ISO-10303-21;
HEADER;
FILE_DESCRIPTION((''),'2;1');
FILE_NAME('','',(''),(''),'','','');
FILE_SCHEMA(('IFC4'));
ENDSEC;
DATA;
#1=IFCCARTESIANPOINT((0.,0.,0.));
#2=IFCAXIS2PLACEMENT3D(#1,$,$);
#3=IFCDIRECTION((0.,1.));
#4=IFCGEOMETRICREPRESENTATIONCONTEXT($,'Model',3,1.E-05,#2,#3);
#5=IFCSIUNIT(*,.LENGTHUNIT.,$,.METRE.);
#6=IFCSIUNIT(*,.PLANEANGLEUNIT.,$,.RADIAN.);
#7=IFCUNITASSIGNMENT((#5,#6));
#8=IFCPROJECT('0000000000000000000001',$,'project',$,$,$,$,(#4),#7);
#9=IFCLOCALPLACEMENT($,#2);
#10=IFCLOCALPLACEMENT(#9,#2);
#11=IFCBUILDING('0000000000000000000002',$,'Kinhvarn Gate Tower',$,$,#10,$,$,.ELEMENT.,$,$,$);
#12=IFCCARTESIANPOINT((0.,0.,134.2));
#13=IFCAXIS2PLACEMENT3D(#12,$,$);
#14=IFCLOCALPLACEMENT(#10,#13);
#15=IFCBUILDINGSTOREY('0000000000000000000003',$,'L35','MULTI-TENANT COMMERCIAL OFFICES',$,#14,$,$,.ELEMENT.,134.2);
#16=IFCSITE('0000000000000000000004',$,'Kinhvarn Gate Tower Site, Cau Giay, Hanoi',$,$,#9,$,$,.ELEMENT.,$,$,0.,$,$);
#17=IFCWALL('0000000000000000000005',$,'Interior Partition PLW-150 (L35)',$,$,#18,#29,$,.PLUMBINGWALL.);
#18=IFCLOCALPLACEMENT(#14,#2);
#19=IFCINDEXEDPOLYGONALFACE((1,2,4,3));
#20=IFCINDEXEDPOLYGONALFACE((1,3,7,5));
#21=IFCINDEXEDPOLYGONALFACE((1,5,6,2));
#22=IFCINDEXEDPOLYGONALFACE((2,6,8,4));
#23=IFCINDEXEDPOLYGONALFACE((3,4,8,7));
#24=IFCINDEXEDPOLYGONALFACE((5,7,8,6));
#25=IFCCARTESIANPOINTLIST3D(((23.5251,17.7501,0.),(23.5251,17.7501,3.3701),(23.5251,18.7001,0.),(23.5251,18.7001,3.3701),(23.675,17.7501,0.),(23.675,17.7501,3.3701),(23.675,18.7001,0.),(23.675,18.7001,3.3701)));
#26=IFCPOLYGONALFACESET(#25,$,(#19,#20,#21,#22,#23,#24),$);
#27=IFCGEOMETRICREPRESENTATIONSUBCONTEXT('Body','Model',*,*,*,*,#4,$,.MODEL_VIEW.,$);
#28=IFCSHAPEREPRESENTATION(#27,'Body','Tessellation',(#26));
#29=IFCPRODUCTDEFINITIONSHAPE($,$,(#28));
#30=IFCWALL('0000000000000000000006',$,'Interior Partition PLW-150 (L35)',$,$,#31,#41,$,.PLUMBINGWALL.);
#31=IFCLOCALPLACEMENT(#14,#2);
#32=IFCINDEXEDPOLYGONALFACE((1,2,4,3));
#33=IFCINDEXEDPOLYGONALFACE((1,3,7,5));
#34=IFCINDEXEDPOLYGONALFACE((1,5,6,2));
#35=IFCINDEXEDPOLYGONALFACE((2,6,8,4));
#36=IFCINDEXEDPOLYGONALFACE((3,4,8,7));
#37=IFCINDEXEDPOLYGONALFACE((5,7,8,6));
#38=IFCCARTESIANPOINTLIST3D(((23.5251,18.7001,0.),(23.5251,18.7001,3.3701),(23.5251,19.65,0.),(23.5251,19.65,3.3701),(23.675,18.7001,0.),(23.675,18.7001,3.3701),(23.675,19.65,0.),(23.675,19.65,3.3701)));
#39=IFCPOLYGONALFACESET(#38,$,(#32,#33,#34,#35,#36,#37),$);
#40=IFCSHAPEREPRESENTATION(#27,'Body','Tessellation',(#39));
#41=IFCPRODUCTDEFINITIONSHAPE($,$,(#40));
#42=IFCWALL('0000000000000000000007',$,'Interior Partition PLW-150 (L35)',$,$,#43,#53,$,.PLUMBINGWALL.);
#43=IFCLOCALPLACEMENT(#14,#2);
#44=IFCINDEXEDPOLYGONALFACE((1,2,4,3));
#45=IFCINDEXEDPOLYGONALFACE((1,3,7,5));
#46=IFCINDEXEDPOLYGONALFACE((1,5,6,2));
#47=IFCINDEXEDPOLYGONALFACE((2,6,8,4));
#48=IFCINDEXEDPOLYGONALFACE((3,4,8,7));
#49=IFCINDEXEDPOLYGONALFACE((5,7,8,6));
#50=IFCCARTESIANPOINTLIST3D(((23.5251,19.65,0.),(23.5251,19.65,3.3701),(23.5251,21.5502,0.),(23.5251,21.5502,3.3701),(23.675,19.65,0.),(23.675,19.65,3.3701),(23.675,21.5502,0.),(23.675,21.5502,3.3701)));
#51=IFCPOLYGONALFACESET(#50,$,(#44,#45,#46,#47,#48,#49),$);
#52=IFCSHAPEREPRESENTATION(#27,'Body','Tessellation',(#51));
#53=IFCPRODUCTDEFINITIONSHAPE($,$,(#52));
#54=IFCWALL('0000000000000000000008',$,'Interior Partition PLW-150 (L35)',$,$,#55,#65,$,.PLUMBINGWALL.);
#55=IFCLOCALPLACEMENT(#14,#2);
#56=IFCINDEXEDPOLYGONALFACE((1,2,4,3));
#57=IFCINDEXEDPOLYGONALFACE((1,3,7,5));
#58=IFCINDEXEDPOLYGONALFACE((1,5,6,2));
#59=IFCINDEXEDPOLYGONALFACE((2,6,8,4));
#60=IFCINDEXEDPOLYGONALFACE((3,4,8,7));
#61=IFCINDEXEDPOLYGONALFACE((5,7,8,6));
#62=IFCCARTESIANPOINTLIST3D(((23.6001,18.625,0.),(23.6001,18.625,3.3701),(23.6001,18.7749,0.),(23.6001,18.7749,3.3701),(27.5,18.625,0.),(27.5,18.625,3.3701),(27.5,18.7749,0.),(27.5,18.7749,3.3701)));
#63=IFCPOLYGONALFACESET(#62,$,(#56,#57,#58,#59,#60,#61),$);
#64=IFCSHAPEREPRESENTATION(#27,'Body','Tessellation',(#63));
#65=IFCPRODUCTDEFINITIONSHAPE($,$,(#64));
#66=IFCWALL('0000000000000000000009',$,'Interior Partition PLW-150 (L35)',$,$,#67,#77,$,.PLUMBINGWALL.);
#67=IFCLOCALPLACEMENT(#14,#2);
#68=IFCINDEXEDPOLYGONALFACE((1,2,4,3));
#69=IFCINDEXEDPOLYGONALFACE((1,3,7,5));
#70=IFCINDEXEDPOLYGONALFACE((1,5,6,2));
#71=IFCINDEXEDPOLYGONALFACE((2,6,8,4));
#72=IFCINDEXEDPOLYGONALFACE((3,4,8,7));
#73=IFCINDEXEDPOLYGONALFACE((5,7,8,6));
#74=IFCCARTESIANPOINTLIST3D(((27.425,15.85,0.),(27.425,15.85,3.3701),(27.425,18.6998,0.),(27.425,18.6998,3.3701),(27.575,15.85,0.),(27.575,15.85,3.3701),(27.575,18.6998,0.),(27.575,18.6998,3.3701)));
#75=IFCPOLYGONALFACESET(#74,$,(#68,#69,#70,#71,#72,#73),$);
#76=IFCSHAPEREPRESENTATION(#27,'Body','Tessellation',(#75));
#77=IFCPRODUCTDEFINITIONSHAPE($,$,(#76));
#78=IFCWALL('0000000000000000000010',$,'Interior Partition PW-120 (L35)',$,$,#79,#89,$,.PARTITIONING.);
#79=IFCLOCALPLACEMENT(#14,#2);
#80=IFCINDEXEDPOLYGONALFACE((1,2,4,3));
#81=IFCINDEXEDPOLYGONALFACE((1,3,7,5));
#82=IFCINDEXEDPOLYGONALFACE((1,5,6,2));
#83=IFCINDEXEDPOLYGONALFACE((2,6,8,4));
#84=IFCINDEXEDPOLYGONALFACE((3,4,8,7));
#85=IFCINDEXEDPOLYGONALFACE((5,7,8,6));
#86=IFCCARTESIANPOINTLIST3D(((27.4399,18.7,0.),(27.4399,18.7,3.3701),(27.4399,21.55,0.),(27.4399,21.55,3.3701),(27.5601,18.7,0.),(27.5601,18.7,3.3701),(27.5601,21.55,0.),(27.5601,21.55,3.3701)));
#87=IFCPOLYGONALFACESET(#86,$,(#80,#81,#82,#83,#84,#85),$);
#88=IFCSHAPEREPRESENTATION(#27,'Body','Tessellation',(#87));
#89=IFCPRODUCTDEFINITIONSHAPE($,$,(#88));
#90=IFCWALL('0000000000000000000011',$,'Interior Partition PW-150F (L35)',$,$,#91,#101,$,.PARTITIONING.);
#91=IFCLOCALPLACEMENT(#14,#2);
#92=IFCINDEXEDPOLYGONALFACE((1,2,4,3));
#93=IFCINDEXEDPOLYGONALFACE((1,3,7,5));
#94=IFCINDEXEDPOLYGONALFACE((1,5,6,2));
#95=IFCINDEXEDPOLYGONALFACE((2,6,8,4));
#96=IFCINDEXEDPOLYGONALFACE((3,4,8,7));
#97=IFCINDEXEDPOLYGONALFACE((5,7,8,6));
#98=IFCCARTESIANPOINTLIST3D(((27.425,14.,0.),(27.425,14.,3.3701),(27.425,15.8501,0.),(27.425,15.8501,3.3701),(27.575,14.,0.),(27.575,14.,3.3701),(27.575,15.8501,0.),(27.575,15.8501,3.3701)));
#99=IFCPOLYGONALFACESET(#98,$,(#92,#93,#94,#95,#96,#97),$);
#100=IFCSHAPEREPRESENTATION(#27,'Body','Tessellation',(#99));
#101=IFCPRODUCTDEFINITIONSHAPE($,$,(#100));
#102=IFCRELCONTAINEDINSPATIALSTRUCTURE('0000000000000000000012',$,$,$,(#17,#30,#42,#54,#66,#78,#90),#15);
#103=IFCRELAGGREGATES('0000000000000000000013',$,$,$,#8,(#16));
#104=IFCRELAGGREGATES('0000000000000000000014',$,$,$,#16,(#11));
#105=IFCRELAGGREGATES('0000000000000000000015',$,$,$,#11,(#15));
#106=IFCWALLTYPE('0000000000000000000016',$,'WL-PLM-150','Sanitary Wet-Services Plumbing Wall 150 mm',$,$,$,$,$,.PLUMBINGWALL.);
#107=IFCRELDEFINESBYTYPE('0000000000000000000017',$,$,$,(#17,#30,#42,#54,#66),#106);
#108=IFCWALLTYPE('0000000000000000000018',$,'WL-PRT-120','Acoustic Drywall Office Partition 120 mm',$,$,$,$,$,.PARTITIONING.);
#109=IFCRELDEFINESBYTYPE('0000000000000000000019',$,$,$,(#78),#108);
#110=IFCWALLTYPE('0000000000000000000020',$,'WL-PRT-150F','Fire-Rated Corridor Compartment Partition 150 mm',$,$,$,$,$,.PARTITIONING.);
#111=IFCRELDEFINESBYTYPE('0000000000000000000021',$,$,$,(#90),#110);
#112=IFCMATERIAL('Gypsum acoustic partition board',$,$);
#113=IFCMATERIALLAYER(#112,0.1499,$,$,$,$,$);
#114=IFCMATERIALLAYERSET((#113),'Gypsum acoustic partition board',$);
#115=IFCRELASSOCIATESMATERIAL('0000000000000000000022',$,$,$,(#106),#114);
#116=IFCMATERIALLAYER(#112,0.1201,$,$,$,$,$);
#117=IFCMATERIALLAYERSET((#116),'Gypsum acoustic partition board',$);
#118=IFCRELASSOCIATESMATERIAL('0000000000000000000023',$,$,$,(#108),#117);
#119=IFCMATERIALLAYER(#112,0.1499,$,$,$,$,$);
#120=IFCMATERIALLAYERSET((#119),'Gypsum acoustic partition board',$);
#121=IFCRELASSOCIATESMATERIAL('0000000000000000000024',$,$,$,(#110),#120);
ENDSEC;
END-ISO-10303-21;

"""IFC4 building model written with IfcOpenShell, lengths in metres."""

from ifc_helpers import new_model, si_unit, direction, frame, frame_2d, origin, place, context, subcontext, project, spatial, rectangle, extrude, material, layer, layer_set, type_object, element, save


model = new_model("IFC4")

# Units and contexts
model_context = context("Model", 3, precision=1e-05, world=origin(), true_north=direction((0.0, 1.0)))
body_context = subcontext(model_context, "Body", "Model", "MODEL_VIEW")
ifc_project = project(units=[si_unit("LENGTHUNIT", "METRE"), si_unit("PLANEANGLEUNIT", "RADIAN")], contexts=[model_context])

# Site, building, storey
site_placement = place(None, origin())
site = spatial("IfcSite", under=ifc_project, at=site_placement, Name="Kinhvarn Gate Tower Site, Cau Giay, Hanoi", CompositionType="ELEMENT", RefElevation=0.0)
building_placement = place(site_placement, origin())
building = spatial("IfcBuilding", under=site, at=building_placement, Name="Kinhvarn Gate Tower", CompositionType="ELEMENT")
storey_placement = place(building_placement, frame((0.0, 0.0, 134.2)))
storey = spatial("IfcBuildingStorey", under=building, at=storey_placement, Name="L35", Description="MULTI-TENANT COMMERCIAL OFFICES", CompositionType="ELEMENT", Elevation=134.2)

# Walls
ifc_material_1 = material(Name="Gypsum acoustic partition board")
ifc_layer_1 = layer(ifc_material_1, 0.1499)
ifc_layer_set_1 = layer_set([ifc_layer_1], Name="Gypsum acoustic partition board")
wall_type_1 = type_object("IfcWallType", Name="WL-PLM-150", Description="Sanitary Wet-Services Plumbing Wall 150 mm", PredefinedType="PLUMBINGWALL", material=ifc_layer_set_1)
for number, where, z_axis, x_axis, name in (
    (1, (23.6001, 17.75, 0.0), (0.0, 0.0, 1.0), (0.0, 1.0, 0.0), "Interior Partition PLW-150 (L35)"),
    (2, (23.6001, 18.7, 0.0), (0.0, 0.0, 1.0), (0.0, 1.0, 0.0), "Interior Partition PLW-150 (L35)"),
):
    element("IfcWall", number, at=place(storey_placement, frame(where, z_axis=z_axis, x_axis=x_axis)), inside=storey, type_object=wall_type_1, Name=name, PredefinedType="PLUMBINGWALL", context=body_context, shape_type="SweptSolid", body=[
        extrude(rectangle(XDim=0.95, YDim=0.1499, at=frame_2d((0.4751, 0.0))), origin(), (0.0, 0.0, 1.0), 3.3701),
    ])
wall_1_placement = place(storey_placement, frame((23.6001, 19.6499, 0.0), z_axis=(0.0, 0.0, 1.0), x_axis=(0.0, 1.0, 0.0)))
element("IfcWall", 3, at=wall_1_placement, inside=storey, type_object=wall_type_1, Name="Interior Partition PLW-150 (L35)", PredefinedType="PLUMBINGWALL", context=body_context, shape_type="SweptSolid", body=[
    extrude(rectangle(XDim=1.9001, YDim=0.1499, at=frame_2d((0.9502, 0.0))), origin(), (0.0, 0.0, 1.0), 3.3701),
])
wall_2_placement = place(storey_placement, frame((23.6001, 18.7, 0.0), z_axis=(0.0, 0.0, 1.0), x_axis=(1.0, 0.0, 0.0)))
element("IfcWall", 4, at=wall_2_placement, inside=storey, type_object=wall_type_1, Name="Interior Partition PLW-150 (L35)", PredefinedType="PLUMBINGWALL", context=body_context, shape_type="SweptSolid", body=[
    extrude(rectangle(XDim=3.8999, YDim=0.1499, at=frame_2d((1.95, 0.0))), origin(), (0.0, 0.0, 1.0), 3.3701),
])
wall_3_placement = place(storey_placement, frame((27.5, 15.8501, 0.0), z_axis=(0.0, 0.0, 1.0), x_axis=(0.0, 1.0, 0.0)))
element("IfcWall", 5, at=wall_3_placement, inside=storey, type_object=wall_type_1, Name="Interior Partition PLW-150 (L35)", PredefinedType="PLUMBINGWALL", context=body_context, shape_type="SweptSolid", body=[
    extrude(rectangle(XDim=2.8499, YDim=0.1499, at=frame_2d((1.4248, 0.0))), origin(), (0.0, 0.0, 1.0), 3.3701),
])
ifc_layer_2 = layer(ifc_material_1, 0.1201)
ifc_layer_set_2 = layer_set([ifc_layer_2], Name="Gypsum acoustic partition board")
wall_type_2 = type_object("IfcWallType", Name="WL-PRT-120", Description="Acoustic Drywall Office Partition 120 mm", PredefinedType="PARTITIONING", material=ifc_layer_set_2)
wall_4_placement = place(storey_placement, frame((27.5, 18.7, 0.0), z_axis=(0.0, 0.0, 1.0), x_axis=(0.0, 1.0, 0.0)))
element("IfcWall", 6, at=wall_4_placement, inside=storey, type_object=wall_type_2, Name="Interior Partition PW-120 (L35)", PredefinedType="PARTITIONING", context=body_context, shape_type="SweptSolid", body=[
    extrude(rectangle(XDim=2.8501, YDim=0.1201, at=frame_2d((1.425, 0.0))), origin(), (0.0, 0.0, 1.0), 3.3701),
])
ifc_layer_3 = layer(ifc_material_1, 0.1499)
ifc_layer_set_3 = layer_set([ifc_layer_3], Name="Gypsum acoustic partition board")
wall_type_3 = type_object("IfcWallType", Name="WL-PRT-150F", Description="Fire-Rated Corridor Compartment Partition 150 mm", PredefinedType="PARTITIONING", material=ifc_layer_set_3)
wall_5_placement = place(storey_placement, frame((27.5, 14.0, 0.0), z_axis=(0.0, 0.0, 1.0), x_axis=(0.0, 1.0, 0.0)))
element("IfcWall", 7, at=wall_5_placement, inside=storey, type_object=wall_type_3, Name="Interior Partition PW-150F (L35)", PredefinedType="PARTITIONING", context=body_context, shape_type="SweptSolid", body=[
    extrude(rectangle(XDim=1.8501, YDim=0.1499, at=frame_2d((0.925, 0.0))), origin(), (0.0, 0.0, 1.0), 3.3701),
])

save(model, "model.ifc")
